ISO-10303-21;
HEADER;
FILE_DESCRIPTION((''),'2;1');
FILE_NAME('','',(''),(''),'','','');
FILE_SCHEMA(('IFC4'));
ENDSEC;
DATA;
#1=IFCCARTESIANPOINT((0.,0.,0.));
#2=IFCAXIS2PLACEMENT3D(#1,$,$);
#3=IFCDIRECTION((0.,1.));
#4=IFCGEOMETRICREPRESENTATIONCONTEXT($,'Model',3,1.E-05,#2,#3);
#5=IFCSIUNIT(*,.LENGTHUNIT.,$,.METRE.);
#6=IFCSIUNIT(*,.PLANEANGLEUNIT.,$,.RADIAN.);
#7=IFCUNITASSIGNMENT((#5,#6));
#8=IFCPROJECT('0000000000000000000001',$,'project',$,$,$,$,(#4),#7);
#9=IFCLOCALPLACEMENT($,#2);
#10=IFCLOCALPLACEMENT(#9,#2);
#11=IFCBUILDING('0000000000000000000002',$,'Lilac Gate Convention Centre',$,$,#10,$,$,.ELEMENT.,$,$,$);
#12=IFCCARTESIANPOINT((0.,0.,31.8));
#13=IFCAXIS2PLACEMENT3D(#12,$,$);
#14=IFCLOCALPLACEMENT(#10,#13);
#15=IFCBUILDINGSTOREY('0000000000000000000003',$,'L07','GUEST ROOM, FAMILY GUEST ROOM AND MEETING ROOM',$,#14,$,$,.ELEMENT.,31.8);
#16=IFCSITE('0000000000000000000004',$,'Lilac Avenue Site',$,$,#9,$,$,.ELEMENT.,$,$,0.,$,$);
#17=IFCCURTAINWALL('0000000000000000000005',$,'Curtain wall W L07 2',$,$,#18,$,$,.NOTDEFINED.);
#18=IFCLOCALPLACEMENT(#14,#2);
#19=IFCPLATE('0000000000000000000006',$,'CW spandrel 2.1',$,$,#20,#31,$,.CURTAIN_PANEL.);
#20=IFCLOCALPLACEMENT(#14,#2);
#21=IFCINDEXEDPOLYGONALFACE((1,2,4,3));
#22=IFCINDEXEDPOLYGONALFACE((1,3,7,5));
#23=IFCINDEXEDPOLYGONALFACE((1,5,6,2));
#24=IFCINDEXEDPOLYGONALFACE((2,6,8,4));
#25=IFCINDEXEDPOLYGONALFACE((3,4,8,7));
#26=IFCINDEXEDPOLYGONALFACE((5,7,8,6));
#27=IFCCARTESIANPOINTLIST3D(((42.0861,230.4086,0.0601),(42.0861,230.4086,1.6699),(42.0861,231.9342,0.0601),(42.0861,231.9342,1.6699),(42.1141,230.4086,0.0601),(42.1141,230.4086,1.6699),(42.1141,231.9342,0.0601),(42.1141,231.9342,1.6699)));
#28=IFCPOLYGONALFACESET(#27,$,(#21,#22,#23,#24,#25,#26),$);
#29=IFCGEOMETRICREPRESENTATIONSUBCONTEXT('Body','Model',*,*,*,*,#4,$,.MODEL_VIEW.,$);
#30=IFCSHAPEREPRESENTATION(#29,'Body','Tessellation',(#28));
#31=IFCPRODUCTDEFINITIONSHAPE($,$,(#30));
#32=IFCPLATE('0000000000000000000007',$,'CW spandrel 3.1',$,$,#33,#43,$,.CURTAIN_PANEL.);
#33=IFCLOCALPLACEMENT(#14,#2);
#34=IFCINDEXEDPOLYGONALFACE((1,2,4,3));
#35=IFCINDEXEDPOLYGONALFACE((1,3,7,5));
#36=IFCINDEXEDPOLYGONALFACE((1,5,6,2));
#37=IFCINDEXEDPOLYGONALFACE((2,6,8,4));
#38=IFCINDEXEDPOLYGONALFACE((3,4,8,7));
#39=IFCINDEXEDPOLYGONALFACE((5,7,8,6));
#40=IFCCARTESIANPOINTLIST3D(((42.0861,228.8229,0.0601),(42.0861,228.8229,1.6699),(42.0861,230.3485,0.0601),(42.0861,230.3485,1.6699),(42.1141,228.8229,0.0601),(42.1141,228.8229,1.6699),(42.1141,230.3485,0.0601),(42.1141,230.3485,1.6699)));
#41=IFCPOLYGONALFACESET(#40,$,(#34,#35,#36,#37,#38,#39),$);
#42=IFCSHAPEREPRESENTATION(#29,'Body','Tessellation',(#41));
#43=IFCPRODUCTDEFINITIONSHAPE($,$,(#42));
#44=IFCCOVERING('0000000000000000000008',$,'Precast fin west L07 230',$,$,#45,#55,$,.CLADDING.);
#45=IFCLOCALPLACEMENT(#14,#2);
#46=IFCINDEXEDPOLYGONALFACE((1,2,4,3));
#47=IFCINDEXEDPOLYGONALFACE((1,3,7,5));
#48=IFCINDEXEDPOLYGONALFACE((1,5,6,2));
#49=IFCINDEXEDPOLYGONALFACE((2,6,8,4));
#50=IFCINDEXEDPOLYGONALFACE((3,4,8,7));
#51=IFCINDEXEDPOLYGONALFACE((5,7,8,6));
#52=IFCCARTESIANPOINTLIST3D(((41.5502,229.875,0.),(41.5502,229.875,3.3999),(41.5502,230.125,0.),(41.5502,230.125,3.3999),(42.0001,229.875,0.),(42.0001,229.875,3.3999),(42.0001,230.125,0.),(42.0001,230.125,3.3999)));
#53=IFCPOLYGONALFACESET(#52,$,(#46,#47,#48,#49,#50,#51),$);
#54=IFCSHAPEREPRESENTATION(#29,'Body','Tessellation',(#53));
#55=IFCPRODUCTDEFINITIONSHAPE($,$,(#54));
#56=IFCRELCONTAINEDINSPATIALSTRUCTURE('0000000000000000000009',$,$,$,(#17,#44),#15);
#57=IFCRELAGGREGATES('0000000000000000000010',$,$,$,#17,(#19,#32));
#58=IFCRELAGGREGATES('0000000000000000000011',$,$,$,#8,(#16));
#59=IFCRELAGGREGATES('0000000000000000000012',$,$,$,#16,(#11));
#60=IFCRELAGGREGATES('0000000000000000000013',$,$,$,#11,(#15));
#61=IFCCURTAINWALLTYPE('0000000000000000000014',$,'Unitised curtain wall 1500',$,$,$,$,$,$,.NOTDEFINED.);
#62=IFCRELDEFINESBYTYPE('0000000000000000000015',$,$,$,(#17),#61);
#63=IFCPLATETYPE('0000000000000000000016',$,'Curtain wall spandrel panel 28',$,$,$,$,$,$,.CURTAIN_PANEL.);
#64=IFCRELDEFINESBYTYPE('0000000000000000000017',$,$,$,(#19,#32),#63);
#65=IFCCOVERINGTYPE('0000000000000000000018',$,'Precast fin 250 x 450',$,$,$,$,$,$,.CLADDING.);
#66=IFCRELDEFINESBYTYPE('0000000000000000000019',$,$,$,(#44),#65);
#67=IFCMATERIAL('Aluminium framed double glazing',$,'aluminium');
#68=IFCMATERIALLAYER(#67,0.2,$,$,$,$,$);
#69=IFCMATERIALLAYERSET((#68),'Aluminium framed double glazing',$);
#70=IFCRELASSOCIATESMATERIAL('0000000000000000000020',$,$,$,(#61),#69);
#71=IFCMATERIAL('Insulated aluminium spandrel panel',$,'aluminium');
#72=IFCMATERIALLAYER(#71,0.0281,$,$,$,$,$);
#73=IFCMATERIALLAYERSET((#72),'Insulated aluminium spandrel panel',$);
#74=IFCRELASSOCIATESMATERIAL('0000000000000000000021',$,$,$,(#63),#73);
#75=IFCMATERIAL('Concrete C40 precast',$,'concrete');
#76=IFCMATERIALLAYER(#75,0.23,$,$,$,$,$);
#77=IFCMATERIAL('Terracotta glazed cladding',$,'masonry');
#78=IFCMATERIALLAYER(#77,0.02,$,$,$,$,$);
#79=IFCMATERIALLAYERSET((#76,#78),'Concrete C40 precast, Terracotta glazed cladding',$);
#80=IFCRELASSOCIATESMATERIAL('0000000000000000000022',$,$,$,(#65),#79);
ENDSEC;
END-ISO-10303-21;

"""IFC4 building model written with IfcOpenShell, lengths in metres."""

from ifc_helpers import new_model, si_unit, direction, frame, frame_2d, origin, origin_2d, place, context, subcontext, project, spatial, rectangle, extrude, material, layer, layer_set, type_object, element, aggregate, save


model = new_model("IFC4")

# Units and contexts
model_context = context("Model", 3, precision=1e-05, world=origin(), true_north=direction((0.0, 1.0)))
body_context = subcontext(model_context, "Body", "Model", "MODEL_VIEW")
ifc_project = project(units=[si_unit("LENGTHUNIT", "METRE"), si_unit("PLANEANGLEUNIT", "RADIAN")], contexts=[model_context])

# Site, building, storey
site_placement = place(None, origin())
site = spatial("IfcSite", under=ifc_project, at=site_placement, Name="Lilac Avenue Site", CompositionType="ELEMENT", RefElevation=0.0)
building_placement = place(site_placement, origin())
building = spatial("IfcBuilding", under=site, at=building_placement, Name="Lilac Gate Convention Centre", CompositionType="ELEMENT")
storey_placement = place(building_placement, frame((0.0, 0.0, 31.8)))
storey = spatial("IfcBuildingStorey", under=building, at=storey_placement, Name="L07", Description="GUEST ROOM, FAMILY GUEST ROOM AND MEETING ROOM", CompositionType="ELEMENT", Elevation=31.8)

# Curtain wall, plates
ifc_material_1 = material(Name="Aluminium framed double glazing", Category="aluminium")
ifc_layer_1 = layer(ifc_material_1, 0.2)
ifc_layer_set_1 = layer_set([ifc_layer_1], Name="Aluminium framed double glazing")
curtain_wall_type = type_object("IfcCurtainWallType", Name="Unitised curtain wall 1500", PredefinedType="NOTDEFINED", material=ifc_layer_set_1)
curtain_wall_placement = place(storey_placement, origin())
curtain_wall = element("IfcCurtainWall", 1, at=curtain_wall_placement, inside=storey, type_object=curtain_wall_type, Name="Curtain wall W L07 2", PredefinedType="NOTDEFINED")
ifc_material_2 = material(Name="Insulated aluminium spandrel panel", Category="aluminium")
ifc_layer_2 = layer(ifc_material_2, 0.0281)
ifc_layer_set_2 = layer_set([ifc_layer_2], Name="Insulated aluminium spandrel panel")
plate_type_1 = type_object("IfcPlateType", Name="Curtain wall spandrel panel 28", PredefinedType="CURTAIN_PANEL", material=ifc_layer_set_2)
plate_1_placement = place(storey_placement, frame((42.1001, 231.1714, 0.0601), z_axis=(0.0, 0.0, 1.0), x_axis=(0.0, -1.0, 0.0)))
plate_1 = element("IfcPlate", 2, at=plate_1_placement, type_object=plate_type_1, Name="CW spandrel 2.1", PredefinedType="CURTAIN_PANEL", context=body_context, shape_type="SweptSolid", body=[
    extrude(rectangle(XDim=1.5256, YDim=0.0281, at=origin_2d()), origin(), (0.0, 0.0, 1.0), 1.6099),
])
plate_2_placement = place(storey_placement, frame((42.1001, 229.5857, 0.0601), z_axis=(0.0, 0.0, 1.0), x_axis=(0.0, -1.0, 0.0)))
plate_2 = element("IfcPlate", 3, at=plate_2_placement, type_object=plate_type_1, Name="CW spandrel 3.1", PredefinedType="CURTAIN_PANEL", context=body_context, shape_type="SweptSolid", body=[
    extrude(rectangle(XDim=1.5256, YDim=0.0281, at=origin_2d()), origin(), (0.0, 0.0, 1.0), 1.6099),
])
aggregate(curtain_wall, [plate_1, plate_2])

# Covering
ifc_material_3 = material(Name="Concrete C40 precast", Category="concrete")
ifc_layer_3 = layer(ifc_material_3, 0.23)
ifc_material_4 = material(Name="Terracotta glazed cladding", Category="masonry")
ifc_layer_4 = layer(ifc_material_4, 0.02)
ifc_layer_set_3 = layer_set([ifc_layer_3, ifc_layer_4], Name="Concrete C40 precast, Terracotta glazed cladding")
covering_type = type_object("IfcCoveringType", Name="Precast fin 250 x 450", PredefinedType="CLADDING", material=ifc_layer_set_3)
covering_placement = place(storey_placement, frame((41.55, 230.0, 0.0), z_axis=(0.0, 0.0, 1.0), x_axis=(1.0, 0.0, 0.0)))
element("IfcCovering", 4, at=covering_placement, inside=storey, type_object=covering_type, Name="Precast fin west L07 230", PredefinedType="CLADDING", context=body_context, shape_type="SweptSolid", body=[
    extrude(rectangle(XDim=0.45, YDim=0.25, at=frame_2d((0.2251, 0.0))), origin(), (0.0, 0.0, 1.0), 3.3999),
])

save(model, "model.ifc")
